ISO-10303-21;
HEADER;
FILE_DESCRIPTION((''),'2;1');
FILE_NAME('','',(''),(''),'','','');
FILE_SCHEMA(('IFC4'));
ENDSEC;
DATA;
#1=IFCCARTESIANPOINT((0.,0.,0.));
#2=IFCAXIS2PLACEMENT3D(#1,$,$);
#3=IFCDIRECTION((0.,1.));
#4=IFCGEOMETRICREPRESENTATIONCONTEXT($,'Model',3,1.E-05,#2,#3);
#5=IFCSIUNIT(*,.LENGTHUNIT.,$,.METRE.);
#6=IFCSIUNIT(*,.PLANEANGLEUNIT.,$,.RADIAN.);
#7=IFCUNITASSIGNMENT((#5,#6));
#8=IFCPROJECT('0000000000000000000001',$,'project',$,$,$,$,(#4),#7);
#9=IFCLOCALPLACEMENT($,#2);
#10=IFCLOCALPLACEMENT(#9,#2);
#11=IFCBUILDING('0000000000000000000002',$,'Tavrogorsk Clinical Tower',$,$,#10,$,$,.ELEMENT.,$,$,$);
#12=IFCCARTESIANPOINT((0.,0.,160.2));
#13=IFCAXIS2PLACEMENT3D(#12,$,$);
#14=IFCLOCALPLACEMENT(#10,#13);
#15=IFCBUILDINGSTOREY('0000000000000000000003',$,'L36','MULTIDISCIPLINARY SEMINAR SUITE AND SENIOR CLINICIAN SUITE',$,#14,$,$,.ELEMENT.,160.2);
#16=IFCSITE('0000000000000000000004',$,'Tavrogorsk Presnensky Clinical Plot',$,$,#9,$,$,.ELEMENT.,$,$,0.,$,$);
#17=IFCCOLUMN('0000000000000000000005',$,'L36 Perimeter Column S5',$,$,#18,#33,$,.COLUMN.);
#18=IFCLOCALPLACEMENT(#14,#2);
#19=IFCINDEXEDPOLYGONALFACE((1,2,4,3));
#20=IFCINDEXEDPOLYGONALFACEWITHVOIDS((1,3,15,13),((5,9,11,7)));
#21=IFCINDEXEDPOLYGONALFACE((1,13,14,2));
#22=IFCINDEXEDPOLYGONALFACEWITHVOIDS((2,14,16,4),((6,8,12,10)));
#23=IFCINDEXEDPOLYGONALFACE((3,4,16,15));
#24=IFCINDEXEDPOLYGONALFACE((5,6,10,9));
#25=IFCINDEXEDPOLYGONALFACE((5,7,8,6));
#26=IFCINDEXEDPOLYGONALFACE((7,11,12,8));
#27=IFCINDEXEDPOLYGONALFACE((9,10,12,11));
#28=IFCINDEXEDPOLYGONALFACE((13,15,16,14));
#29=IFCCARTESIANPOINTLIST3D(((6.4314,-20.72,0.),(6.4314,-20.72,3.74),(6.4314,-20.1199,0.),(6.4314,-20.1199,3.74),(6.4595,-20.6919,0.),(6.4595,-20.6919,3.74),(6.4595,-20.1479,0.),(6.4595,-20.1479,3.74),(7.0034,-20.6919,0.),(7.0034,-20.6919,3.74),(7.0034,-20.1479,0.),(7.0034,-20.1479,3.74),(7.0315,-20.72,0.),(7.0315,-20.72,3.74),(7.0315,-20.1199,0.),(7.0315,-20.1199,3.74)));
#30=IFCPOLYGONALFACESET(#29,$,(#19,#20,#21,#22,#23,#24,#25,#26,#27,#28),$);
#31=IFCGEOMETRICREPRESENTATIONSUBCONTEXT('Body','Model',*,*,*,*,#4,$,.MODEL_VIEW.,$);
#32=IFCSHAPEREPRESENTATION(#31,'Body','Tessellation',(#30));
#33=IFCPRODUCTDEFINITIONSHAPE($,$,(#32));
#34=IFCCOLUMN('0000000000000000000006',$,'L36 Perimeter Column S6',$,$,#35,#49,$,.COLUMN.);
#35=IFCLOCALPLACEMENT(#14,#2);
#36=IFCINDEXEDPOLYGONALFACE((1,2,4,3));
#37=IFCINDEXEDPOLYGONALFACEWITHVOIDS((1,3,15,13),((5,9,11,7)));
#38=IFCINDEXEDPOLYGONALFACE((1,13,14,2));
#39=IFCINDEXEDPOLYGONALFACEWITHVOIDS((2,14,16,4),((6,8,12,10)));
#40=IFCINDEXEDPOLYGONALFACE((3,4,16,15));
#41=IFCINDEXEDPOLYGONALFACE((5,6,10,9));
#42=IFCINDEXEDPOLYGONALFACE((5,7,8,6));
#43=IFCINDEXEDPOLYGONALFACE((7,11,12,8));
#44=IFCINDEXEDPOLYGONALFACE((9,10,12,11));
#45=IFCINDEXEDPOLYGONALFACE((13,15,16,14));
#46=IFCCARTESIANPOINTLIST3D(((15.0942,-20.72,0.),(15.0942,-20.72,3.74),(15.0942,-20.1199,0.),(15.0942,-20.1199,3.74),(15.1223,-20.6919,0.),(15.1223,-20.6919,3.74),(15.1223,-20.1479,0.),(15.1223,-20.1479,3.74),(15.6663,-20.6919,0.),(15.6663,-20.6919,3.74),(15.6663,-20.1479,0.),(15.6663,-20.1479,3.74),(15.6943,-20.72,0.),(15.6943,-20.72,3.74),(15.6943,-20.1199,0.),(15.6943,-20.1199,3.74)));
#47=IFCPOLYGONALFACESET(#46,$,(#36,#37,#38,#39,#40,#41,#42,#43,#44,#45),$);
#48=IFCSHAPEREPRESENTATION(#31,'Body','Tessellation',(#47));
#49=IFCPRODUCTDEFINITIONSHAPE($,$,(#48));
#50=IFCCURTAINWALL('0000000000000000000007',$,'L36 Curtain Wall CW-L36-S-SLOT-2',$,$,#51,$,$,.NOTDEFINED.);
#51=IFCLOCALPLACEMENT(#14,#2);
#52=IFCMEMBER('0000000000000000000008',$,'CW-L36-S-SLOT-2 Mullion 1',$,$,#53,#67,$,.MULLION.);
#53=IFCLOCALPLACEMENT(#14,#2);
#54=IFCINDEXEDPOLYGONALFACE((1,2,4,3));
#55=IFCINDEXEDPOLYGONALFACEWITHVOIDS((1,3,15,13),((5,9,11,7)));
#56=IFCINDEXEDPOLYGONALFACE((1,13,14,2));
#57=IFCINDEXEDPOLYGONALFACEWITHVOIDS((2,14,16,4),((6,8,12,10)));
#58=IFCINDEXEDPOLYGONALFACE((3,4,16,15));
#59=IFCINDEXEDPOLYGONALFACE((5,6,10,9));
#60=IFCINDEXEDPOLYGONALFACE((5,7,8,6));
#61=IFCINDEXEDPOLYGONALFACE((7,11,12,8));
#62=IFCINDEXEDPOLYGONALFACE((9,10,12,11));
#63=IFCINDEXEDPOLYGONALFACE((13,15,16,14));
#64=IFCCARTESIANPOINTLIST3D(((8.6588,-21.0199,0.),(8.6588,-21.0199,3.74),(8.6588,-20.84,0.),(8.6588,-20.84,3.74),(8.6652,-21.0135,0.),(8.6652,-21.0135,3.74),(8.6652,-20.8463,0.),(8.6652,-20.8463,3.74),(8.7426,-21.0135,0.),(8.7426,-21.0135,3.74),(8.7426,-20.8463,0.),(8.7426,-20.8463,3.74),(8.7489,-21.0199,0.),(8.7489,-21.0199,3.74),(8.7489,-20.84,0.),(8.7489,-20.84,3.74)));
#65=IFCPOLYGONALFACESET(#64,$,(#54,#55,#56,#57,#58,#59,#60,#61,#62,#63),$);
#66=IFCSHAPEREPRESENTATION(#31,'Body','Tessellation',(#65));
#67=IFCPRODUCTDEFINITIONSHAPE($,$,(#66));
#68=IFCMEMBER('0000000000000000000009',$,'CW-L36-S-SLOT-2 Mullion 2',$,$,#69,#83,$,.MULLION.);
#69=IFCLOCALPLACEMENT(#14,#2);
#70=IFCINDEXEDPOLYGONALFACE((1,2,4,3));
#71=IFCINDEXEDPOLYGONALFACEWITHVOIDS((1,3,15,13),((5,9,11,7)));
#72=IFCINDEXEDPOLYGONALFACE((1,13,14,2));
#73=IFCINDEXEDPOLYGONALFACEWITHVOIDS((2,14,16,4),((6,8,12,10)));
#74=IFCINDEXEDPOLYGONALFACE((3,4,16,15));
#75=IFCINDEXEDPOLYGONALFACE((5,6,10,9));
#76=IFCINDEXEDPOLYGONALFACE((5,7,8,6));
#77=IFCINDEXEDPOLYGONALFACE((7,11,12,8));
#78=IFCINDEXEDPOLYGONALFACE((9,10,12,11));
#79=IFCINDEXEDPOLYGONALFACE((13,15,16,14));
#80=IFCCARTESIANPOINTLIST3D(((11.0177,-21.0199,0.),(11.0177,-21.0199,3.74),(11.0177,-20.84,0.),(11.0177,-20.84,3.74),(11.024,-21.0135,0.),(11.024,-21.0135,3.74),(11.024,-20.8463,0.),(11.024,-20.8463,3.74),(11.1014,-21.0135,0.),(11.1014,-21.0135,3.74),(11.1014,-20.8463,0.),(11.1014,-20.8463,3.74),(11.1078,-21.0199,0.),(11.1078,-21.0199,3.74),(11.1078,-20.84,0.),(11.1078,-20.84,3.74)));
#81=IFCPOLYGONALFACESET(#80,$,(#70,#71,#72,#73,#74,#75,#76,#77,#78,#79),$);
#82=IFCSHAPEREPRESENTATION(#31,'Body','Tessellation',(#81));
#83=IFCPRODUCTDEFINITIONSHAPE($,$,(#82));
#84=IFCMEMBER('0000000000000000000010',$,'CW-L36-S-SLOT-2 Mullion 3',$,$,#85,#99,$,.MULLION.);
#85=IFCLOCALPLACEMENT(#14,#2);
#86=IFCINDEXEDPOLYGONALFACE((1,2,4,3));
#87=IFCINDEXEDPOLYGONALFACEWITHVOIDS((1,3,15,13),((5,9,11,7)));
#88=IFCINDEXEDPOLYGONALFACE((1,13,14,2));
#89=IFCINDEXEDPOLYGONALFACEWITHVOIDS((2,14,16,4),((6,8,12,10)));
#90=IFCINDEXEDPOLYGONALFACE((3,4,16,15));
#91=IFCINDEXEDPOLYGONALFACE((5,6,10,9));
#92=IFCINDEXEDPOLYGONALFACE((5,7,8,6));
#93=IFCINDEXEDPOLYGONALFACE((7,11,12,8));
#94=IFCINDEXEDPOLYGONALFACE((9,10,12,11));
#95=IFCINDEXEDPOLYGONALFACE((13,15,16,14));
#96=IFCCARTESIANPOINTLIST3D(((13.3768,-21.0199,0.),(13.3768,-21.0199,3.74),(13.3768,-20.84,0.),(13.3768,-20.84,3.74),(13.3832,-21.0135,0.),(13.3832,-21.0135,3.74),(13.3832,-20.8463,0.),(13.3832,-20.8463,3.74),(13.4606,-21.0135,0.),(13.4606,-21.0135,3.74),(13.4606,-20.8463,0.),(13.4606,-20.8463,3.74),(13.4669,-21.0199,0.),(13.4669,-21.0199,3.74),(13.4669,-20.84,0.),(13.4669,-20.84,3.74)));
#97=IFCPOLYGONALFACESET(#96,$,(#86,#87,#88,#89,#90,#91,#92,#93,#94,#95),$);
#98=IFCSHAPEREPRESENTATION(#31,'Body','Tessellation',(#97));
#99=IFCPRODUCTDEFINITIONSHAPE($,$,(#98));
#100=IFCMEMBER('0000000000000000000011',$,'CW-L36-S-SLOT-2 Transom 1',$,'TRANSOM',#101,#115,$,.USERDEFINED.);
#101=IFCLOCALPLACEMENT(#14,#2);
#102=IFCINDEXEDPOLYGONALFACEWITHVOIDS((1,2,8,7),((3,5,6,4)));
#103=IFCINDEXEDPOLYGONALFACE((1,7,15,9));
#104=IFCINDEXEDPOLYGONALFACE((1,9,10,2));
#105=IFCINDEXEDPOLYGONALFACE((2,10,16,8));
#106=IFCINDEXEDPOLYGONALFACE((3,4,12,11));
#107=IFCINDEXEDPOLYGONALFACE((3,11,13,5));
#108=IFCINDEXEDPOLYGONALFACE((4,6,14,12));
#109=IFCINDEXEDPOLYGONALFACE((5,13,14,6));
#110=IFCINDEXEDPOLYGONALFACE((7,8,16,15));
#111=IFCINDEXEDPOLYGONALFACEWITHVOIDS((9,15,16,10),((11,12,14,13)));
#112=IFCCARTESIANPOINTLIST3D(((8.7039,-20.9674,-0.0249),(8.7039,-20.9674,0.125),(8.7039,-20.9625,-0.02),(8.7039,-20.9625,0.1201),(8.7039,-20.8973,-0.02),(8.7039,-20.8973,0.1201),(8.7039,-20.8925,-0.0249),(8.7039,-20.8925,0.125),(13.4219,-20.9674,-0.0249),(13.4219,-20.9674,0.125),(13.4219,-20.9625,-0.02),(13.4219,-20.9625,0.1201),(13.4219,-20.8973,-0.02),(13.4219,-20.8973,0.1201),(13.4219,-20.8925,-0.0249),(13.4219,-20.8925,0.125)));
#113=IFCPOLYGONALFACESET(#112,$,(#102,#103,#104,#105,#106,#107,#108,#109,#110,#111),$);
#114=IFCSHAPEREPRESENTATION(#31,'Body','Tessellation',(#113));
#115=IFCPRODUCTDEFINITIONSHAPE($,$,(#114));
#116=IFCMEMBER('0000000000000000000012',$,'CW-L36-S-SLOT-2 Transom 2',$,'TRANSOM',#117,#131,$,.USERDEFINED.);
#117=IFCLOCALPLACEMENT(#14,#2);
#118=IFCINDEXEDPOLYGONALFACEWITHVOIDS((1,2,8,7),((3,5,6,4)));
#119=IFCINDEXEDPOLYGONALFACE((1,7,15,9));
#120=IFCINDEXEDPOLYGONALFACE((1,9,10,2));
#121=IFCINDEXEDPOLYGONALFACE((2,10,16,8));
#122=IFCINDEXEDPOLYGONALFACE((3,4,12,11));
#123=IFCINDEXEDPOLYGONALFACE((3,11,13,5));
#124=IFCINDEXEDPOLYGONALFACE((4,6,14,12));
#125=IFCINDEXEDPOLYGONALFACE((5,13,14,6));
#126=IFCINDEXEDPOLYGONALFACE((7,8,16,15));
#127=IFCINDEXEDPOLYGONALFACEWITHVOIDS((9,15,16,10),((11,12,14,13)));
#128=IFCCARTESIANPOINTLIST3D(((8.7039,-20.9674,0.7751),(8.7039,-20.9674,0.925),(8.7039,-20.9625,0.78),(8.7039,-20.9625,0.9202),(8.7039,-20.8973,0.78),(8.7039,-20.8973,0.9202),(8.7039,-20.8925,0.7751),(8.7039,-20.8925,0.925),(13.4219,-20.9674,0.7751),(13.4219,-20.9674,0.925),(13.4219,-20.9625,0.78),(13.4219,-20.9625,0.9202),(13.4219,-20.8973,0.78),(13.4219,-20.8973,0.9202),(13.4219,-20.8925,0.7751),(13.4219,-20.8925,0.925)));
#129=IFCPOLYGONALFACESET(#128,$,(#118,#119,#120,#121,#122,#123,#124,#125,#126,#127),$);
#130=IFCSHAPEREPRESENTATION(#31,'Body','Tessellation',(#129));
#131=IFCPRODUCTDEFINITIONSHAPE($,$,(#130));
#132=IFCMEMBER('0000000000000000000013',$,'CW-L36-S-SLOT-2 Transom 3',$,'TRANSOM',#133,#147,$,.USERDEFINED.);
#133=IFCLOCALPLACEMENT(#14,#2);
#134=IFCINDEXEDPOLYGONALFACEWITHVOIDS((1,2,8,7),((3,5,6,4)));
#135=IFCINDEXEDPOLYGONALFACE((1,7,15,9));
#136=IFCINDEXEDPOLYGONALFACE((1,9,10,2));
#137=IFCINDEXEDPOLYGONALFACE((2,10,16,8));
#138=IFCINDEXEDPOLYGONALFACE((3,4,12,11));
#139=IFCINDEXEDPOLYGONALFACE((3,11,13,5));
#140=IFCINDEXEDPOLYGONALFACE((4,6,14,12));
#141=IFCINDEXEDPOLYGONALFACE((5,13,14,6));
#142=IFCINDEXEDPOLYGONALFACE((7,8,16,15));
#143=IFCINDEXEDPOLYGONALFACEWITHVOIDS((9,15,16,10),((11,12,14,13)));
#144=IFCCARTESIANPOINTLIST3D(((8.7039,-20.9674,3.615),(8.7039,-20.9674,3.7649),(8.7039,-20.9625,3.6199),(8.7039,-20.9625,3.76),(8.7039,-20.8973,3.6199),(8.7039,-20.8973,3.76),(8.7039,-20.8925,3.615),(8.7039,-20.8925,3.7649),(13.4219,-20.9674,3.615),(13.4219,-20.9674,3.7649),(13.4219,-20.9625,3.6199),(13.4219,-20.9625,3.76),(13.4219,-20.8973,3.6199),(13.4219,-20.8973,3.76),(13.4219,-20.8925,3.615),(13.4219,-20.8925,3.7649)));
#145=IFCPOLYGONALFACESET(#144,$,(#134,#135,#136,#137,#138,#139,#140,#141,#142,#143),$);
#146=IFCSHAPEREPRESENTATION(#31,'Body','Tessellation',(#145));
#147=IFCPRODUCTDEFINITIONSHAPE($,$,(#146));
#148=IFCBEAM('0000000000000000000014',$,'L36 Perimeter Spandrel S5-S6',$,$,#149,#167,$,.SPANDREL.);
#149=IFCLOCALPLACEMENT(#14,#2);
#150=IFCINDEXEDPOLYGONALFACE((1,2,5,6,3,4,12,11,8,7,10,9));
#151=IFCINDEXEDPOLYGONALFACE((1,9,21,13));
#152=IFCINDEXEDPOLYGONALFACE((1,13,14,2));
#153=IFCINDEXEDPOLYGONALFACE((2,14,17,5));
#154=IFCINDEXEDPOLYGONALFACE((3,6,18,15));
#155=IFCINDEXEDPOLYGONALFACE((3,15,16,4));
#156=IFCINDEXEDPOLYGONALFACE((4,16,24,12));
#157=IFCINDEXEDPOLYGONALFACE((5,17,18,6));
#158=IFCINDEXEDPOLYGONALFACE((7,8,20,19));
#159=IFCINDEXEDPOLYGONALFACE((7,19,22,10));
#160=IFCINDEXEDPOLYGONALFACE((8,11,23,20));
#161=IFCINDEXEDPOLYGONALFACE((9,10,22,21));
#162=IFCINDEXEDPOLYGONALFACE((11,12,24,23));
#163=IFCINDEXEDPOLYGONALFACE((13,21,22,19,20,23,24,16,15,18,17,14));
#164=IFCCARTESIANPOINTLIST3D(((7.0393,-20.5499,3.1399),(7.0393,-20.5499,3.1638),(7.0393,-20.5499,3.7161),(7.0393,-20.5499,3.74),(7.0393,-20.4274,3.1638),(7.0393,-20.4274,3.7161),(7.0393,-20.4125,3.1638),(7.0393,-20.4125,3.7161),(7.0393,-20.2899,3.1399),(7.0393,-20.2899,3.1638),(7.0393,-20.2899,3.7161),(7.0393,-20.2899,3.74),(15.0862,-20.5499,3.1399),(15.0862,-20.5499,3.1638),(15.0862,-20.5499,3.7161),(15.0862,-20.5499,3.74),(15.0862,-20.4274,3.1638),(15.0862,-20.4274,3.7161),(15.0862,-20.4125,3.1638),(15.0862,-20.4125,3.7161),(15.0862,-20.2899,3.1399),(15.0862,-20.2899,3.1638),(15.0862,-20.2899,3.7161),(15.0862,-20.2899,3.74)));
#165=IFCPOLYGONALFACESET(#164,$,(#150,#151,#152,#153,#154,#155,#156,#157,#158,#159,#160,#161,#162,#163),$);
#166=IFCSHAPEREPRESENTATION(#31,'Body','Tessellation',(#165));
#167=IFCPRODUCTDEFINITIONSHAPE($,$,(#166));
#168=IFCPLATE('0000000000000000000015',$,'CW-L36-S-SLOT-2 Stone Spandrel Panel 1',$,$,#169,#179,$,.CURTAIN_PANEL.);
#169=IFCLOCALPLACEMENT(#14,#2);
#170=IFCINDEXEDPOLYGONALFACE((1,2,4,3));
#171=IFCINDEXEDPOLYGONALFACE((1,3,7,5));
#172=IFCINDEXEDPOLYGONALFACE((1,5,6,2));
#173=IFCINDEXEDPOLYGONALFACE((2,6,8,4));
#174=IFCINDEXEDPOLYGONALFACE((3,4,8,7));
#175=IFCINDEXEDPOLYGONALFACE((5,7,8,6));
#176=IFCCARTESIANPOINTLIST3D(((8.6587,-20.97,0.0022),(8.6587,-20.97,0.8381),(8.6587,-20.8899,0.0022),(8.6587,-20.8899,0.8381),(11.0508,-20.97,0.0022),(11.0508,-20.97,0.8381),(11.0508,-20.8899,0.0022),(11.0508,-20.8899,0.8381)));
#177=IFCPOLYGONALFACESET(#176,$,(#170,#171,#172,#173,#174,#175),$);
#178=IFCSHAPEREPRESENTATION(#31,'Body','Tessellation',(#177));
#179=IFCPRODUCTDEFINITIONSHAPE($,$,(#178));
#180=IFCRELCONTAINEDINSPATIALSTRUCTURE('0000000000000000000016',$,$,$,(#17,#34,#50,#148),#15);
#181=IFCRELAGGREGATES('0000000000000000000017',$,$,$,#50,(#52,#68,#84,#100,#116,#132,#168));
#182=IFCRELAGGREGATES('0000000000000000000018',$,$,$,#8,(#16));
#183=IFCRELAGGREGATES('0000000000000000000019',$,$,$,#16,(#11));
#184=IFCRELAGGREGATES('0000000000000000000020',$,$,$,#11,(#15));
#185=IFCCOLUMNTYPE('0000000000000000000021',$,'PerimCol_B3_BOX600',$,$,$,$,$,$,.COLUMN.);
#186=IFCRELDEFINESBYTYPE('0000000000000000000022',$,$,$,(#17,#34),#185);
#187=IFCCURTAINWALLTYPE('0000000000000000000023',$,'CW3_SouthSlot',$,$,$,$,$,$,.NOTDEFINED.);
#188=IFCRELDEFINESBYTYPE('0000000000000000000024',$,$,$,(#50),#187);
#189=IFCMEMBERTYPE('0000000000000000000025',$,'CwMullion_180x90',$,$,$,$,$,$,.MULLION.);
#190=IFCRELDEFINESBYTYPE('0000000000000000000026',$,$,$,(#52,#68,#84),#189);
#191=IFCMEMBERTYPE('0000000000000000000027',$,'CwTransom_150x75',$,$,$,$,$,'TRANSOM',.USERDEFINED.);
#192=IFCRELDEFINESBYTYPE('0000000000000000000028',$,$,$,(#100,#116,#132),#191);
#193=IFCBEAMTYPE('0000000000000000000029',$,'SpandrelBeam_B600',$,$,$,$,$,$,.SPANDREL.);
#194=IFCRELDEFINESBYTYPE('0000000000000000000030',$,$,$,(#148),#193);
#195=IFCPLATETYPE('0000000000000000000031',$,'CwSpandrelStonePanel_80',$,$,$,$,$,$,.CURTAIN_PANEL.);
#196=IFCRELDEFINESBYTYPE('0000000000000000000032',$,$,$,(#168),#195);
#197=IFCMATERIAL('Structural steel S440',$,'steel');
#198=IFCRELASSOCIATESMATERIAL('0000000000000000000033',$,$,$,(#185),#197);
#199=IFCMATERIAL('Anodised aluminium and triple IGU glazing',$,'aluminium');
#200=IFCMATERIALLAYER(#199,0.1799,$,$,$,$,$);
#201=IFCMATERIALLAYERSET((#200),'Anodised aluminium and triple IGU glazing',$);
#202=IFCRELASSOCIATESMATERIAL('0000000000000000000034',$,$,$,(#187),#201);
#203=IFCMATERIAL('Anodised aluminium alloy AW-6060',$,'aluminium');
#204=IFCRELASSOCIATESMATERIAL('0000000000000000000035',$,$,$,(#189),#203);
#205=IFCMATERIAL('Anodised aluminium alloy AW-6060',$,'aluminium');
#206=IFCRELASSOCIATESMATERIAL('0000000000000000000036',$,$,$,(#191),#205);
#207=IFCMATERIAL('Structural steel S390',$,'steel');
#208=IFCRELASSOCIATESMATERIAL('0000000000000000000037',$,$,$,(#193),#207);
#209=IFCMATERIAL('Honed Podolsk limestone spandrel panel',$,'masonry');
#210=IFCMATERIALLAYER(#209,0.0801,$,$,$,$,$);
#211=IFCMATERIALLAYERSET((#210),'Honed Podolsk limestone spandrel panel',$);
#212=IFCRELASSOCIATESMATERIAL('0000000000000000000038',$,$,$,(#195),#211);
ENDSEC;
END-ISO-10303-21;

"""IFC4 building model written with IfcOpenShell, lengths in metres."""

from ifc_helpers import new_model, si_unit, direction, frame, origin, origin_2d, place, context, subcontext, project, spatial, rectangle, hollow_rectangle, i_section, extrude, material, layer, layer_set, material_profile, profile_set, type_object, element, aggregate, save


model = new_model("IFC4")

# Units and contexts
model_context = context("Model", 3, precision=1e-05, world=origin(), true_north=direction((0.0, 1.0)))
body_context = subcontext(model_context, "Body", "Model", "MODEL_VIEW")
ifc_project = project(units=[si_unit("LENGTHUNIT", "METRE"), si_unit("PLANEANGLEUNIT", "RADIAN")], contexts=[model_context])

# Site, building, storey
site_placement = place(None, origin())
site = spatial("IfcSite", under=ifc_project, at=site_placement, Name="Tavrogorsk Presnensky Clinical Plot", CompositionType="ELEMENT", RefElevation=0.0)
building_placement = place(site_placement, origin())
building = spatial("IfcBuilding", under=site, at=building_placement, Name="Tavrogorsk Clinical Tower", CompositionType="ELEMENT")
storey_placement = place(building_placement, frame((0.0, 0.0, 160.2)))
storey = spatial("IfcBuildingStorey", under=building, at=storey_placement, Name="L36", Description="MULTIDISCIPLINARY SEMINAR SUITE AND SENIOR CLINICIAN SUITE", CompositionType="ELEMENT", Elevation=160.2)

# Columns
ifc_material_1 = material(Name="Structural steel S440", Category="steel")
ifc_material_profile_1 = material_profile(ifc_material_1, hollow_rectangle(XDim=0.6001, YDim=0.6001, WallThickness=0.0281, at=origin_2d()), Name="BOX-600x600x28")
ifc_profile_set_1 = profile_set([ifc_material_profile_1], Name="Structural steel S440")
column_type = type_object("IfcColumnType", Name="PerimCol_B3_BOX600", PredefinedType="COLUMN", material=ifc_profile_set_1)
for number, where, z_axis, x_axis, name in (
    (1, (6.7314, -20.4199, 0.0), (0.0, 0.0, 1.0), (1.0, 0.0, 0.0), "L36 Perimeter Column S5"),
    (2, (15.3943, -20.4199, 0.0), (0.0, 0.0, 1.0), (1.0, 0.0, 0.0), "L36 Perimeter Column S6"),
):
    element("IfcColumn", number, at=place(storey_placement, frame(where, z_axis=z_axis, x_axis=x_axis)), inside=storey, type_object=column_type, Name=name, PredefinedType="COLUMN", context=body_context, shape_type="SweptSolid", body=[
        extrude(hollow_rectangle(XDim=0.6001, YDim=0.6001, WallThickness=0.0281, at=origin_2d()), origin(), (0.0, 0.0, 1.0), 3.74),
    ])

# Curtain wall, members
ifc_material_2 = material(Name="Anodised aluminium and triple IGU glazing", Category="aluminium")
ifc_layer_1 = layer(ifc_material_2, 0.1799)
ifc_layer_set_1 = layer_set([ifc_layer_1], Name="Anodised aluminium and triple IGU glazing")
curtain_wall_type = type_object("IfcCurtainWallType", Name="CW3_SouthSlot", PredefinedType="NOTDEFINED", material=ifc_layer_set_1)
curtain_wall_placement = place(storey_placement, origin())
curtain_wall = element("IfcCurtainWall", 3, at=curtain_wall_placement, inside=storey, type_object=curtain_wall_type, Name="L36 Curtain Wall CW-L36-S-SLOT-2", PredefinedType="NOTDEFINED")
ifc_material_3 = material(Name="Anodised aluminium alloy AW-6060", Category="aluminium")
ifc_material_profile_2 = material_profile(ifc_material_3, hollow_rectangle(XDim=0.0901, YDim=0.1799, WallThickness=0.0063, at=origin_2d()), Name="RHS-180x90x6.3")
ifc_profile_set_2 = profile_set([ifc_material_profile_2], Name="Anodised aluminium alloy AW-6060")
member_type_1 = type_object("IfcMemberType", Name="CwMullion_180x90", PredefinedType="MULLION", material=ifc_profile_set_2)
member_1_placement = place(storey_placement, frame((8.7039, -20.9299, 0.0), z_axis=(0.0, 0.0, 1.0), x_axis=(1.0, 0.0, 0.0)))
member_1 = element("IfcMember", 4, at=member_1_placement, type_object=member_type_1, Name="CW-L36-S-SLOT-2 Mullion 1", PredefinedType="MULLION", context=body_context, shape_type="SweptSolid", body=[
    extrude(hollow_rectangle(XDim=0.0901, YDim=0.1799, WallThickness=0.0063, at=origin_2d()), origin(), (0.0, 0.0, 1.0), 3.74),
])
member_2_placement = place(storey_placement, frame((11.0627, -20.9299, 0.0), z_axis=(0.0, 0.0, 1.0), x_axis=(1.0, 0.0, 0.0)))
member_2 = element("IfcMember", 5, at=member_2_placement, type_object=member_type_1, Name="CW-L36-S-SLOT-2 Mullion 2", PredefinedType="MULLION", context=body_context, shape_type="SweptSolid", body=[
    extrude(hollow_rectangle(XDim=0.0901, YDim=0.1799, WallThickness=0.0063, at=origin_2d()), origin(), (0.0, 0.0, 1.0), 3.74),
])
member_3_placement = place(storey_placement, frame((13.4219, -20.9299, 0.0), z_axis=(0.0, 0.0, 1.0), x_axis=(1.0, 0.0, 0.0)))
member_3 = element("IfcMember", 6, at=member_3_placement, type_object=member_type_1, Name="CW-L36-S-SLOT-2 Mullion 3", PredefinedType="MULLION", context=body_context, shape_type="SweptSolid", body=[
    extrude(hollow_rectangle(XDim=0.0901, YDim=0.1799, WallThickness=0.0063, at=origin_2d()), origin(), (0.0, 0.0, 1.0), 3.74),
])
ifc_material_4 = material(Name="Anodised aluminium alloy AW-6060", Category="aluminium")
ifc_material_profile_3 = material_profile(ifc_material_4, hollow_rectangle(XDim=0.075, YDim=0.1499, WallThickness=0.0049, at=origin_2d()), Name="RHS-150x75x5")
ifc_profile_set_3 = profile_set([ifc_material_profile_3], Name="Anodised aluminium alloy AW-6060")
member_type_2 = type_object("IfcMemberType", Name="CwTransom_150x75", ElementType="TRANSOM", PredefinedType="USERDEFINED", material=ifc_profile_set_3)
member_4_placement = place(storey_placement, frame((8.7039, -20.9299, 0.05), z_axis=(1.0, 0.0, 0.0), x_axis=(0.0, 1.0, 0.0)))
member_4 = element("IfcMember", 7, at=member_4_placement, type_object=member_type_2, Name="CW-L36-S-SLOT-2 Transom 1", ObjectType="TRANSOM", PredefinedType="USERDEFINED", context=body_context, shape_type="SweptSolid", body=[
    extrude(hollow_rectangle(XDim=0.075, YDim=0.1499, WallThickness=0.0049, at=origin_2d()), origin(), (0.0, 0.0, 1.0), 4.718),
])
member_5_placement = place(storey_placement, frame((8.7039, -20.9299, 0.8501), z_axis=(1.0, 0.0, 0.0), x_axis=(0.0, 1.0, 0.0)))
member_5 = element("IfcMember", 8, at=member_5_placement, type_object=member_type_2, Name="CW-L36-S-SLOT-2 Transom 2", ObjectType="TRANSOM", PredefinedType="USERDEFINED", context=body_context, shape_type="SweptSolid", body=[
    extrude(hollow_rectangle(XDim=0.075, YDim=0.1499, WallThickness=0.0049, at=origin_2d()), origin(), (0.0, 0.0, 1.0), 4.718),
])
member_6_placement = place(storey_placement, frame((8.7039, -20.9299, 3.6899), z_axis=(1.0, 0.0, 0.0), x_axis=(0.0, 1.0, 0.0)))
member_6 = element("IfcMember", 9, at=member_6_placement, type_object=member_type_2, Name="CW-L36-S-SLOT-2 Transom 3", ObjectType="TRANSOM", PredefinedType="USERDEFINED", context=body_context, shape_type="SweptSolid", body=[
    extrude(hollow_rectangle(XDim=0.075, YDim=0.1499, WallThickness=0.0049, at=origin_2d()), origin(), (0.0, 0.0, 1.0), 4.718),
])

# Beam
ifc_material_5 = material(Name="Structural steel S390", Category="steel")
ifc_material_profile_4 = material_profile(ifc_material_5, i_section(OverallWidth=0.26, OverallDepth=0.6001, WebThickness=0.0149, FlangeThickness=0.0239, at=origin_2d()), Name="B-600x260x15x24")
ifc_profile_set_4 = profile_set([ifc_material_profile_4], Name="Structural steel S390")
beam_type = type_object("IfcBeamType", Name="SpandrelBeam_B600", PredefinedType="SPANDREL", material=ifc_profile_set_4)
beam_placement = place(storey_placement, frame((7.0393, -20.4199, 3.4399), z_axis=(1.0, 0.0, 0.0), x_axis=(0.0, 1.0, 0.0)))
element("IfcBeam", 10, at=beam_placement, inside=storey, type_object=beam_type, Name="L36 Perimeter Spandrel S5-S6", PredefinedType="SPANDREL", context=body_context, shape_type="SweptSolid", body=[
    extrude(i_section(OverallWidth=0.26, OverallDepth=0.6001, WebThickness=0.0149, FlangeThickness=0.0239, at=origin_2d()), origin(), (0.0, 0.0, 1.0), 8.0469),
])

# Plate
ifc_material_6 = material(Name="Honed Podolsk limestone spandrel panel", Category="masonry")
ifc_layer_2 = layer(ifc_material_6, 0.0801)
ifc_layer_set_2 = layer_set([ifc_layer_2], Name="Honed Podolsk limestone spandrel panel")
plate_type_1 = type_object("IfcPlateType", Name="CwSpandrelStonePanel_80", PredefinedType="CURTAIN_PANEL", material=ifc_layer_set_2)
plate_1_placement = place(storey_placement, frame((9.8547, -20.9299, 0.0022), z_axis=(0.0, 0.0, 1.0), x_axis=(1.0, 0.0, 0.0)))
plate_1 = element("IfcPlate", 11, at=plate_1_placement, type_object=plate_type_1, Name="CW-L36-S-SLOT-2 Stone Spandrel Panel 1", PredefinedType="CURTAIN_PANEL", context=body_context, shape_type="SweptSolid", body=[
    extrude(rectangle(XDim=2.3921, YDim=0.0801, at=origin_2d()), origin(), (0.0, 0.0, 1.0), 0.8359),
])
aggregate(curtain_wall, [member_1, member_2, member_3, member_4, member_5, member_6, plate_1])

save(model, "model.ifc")
